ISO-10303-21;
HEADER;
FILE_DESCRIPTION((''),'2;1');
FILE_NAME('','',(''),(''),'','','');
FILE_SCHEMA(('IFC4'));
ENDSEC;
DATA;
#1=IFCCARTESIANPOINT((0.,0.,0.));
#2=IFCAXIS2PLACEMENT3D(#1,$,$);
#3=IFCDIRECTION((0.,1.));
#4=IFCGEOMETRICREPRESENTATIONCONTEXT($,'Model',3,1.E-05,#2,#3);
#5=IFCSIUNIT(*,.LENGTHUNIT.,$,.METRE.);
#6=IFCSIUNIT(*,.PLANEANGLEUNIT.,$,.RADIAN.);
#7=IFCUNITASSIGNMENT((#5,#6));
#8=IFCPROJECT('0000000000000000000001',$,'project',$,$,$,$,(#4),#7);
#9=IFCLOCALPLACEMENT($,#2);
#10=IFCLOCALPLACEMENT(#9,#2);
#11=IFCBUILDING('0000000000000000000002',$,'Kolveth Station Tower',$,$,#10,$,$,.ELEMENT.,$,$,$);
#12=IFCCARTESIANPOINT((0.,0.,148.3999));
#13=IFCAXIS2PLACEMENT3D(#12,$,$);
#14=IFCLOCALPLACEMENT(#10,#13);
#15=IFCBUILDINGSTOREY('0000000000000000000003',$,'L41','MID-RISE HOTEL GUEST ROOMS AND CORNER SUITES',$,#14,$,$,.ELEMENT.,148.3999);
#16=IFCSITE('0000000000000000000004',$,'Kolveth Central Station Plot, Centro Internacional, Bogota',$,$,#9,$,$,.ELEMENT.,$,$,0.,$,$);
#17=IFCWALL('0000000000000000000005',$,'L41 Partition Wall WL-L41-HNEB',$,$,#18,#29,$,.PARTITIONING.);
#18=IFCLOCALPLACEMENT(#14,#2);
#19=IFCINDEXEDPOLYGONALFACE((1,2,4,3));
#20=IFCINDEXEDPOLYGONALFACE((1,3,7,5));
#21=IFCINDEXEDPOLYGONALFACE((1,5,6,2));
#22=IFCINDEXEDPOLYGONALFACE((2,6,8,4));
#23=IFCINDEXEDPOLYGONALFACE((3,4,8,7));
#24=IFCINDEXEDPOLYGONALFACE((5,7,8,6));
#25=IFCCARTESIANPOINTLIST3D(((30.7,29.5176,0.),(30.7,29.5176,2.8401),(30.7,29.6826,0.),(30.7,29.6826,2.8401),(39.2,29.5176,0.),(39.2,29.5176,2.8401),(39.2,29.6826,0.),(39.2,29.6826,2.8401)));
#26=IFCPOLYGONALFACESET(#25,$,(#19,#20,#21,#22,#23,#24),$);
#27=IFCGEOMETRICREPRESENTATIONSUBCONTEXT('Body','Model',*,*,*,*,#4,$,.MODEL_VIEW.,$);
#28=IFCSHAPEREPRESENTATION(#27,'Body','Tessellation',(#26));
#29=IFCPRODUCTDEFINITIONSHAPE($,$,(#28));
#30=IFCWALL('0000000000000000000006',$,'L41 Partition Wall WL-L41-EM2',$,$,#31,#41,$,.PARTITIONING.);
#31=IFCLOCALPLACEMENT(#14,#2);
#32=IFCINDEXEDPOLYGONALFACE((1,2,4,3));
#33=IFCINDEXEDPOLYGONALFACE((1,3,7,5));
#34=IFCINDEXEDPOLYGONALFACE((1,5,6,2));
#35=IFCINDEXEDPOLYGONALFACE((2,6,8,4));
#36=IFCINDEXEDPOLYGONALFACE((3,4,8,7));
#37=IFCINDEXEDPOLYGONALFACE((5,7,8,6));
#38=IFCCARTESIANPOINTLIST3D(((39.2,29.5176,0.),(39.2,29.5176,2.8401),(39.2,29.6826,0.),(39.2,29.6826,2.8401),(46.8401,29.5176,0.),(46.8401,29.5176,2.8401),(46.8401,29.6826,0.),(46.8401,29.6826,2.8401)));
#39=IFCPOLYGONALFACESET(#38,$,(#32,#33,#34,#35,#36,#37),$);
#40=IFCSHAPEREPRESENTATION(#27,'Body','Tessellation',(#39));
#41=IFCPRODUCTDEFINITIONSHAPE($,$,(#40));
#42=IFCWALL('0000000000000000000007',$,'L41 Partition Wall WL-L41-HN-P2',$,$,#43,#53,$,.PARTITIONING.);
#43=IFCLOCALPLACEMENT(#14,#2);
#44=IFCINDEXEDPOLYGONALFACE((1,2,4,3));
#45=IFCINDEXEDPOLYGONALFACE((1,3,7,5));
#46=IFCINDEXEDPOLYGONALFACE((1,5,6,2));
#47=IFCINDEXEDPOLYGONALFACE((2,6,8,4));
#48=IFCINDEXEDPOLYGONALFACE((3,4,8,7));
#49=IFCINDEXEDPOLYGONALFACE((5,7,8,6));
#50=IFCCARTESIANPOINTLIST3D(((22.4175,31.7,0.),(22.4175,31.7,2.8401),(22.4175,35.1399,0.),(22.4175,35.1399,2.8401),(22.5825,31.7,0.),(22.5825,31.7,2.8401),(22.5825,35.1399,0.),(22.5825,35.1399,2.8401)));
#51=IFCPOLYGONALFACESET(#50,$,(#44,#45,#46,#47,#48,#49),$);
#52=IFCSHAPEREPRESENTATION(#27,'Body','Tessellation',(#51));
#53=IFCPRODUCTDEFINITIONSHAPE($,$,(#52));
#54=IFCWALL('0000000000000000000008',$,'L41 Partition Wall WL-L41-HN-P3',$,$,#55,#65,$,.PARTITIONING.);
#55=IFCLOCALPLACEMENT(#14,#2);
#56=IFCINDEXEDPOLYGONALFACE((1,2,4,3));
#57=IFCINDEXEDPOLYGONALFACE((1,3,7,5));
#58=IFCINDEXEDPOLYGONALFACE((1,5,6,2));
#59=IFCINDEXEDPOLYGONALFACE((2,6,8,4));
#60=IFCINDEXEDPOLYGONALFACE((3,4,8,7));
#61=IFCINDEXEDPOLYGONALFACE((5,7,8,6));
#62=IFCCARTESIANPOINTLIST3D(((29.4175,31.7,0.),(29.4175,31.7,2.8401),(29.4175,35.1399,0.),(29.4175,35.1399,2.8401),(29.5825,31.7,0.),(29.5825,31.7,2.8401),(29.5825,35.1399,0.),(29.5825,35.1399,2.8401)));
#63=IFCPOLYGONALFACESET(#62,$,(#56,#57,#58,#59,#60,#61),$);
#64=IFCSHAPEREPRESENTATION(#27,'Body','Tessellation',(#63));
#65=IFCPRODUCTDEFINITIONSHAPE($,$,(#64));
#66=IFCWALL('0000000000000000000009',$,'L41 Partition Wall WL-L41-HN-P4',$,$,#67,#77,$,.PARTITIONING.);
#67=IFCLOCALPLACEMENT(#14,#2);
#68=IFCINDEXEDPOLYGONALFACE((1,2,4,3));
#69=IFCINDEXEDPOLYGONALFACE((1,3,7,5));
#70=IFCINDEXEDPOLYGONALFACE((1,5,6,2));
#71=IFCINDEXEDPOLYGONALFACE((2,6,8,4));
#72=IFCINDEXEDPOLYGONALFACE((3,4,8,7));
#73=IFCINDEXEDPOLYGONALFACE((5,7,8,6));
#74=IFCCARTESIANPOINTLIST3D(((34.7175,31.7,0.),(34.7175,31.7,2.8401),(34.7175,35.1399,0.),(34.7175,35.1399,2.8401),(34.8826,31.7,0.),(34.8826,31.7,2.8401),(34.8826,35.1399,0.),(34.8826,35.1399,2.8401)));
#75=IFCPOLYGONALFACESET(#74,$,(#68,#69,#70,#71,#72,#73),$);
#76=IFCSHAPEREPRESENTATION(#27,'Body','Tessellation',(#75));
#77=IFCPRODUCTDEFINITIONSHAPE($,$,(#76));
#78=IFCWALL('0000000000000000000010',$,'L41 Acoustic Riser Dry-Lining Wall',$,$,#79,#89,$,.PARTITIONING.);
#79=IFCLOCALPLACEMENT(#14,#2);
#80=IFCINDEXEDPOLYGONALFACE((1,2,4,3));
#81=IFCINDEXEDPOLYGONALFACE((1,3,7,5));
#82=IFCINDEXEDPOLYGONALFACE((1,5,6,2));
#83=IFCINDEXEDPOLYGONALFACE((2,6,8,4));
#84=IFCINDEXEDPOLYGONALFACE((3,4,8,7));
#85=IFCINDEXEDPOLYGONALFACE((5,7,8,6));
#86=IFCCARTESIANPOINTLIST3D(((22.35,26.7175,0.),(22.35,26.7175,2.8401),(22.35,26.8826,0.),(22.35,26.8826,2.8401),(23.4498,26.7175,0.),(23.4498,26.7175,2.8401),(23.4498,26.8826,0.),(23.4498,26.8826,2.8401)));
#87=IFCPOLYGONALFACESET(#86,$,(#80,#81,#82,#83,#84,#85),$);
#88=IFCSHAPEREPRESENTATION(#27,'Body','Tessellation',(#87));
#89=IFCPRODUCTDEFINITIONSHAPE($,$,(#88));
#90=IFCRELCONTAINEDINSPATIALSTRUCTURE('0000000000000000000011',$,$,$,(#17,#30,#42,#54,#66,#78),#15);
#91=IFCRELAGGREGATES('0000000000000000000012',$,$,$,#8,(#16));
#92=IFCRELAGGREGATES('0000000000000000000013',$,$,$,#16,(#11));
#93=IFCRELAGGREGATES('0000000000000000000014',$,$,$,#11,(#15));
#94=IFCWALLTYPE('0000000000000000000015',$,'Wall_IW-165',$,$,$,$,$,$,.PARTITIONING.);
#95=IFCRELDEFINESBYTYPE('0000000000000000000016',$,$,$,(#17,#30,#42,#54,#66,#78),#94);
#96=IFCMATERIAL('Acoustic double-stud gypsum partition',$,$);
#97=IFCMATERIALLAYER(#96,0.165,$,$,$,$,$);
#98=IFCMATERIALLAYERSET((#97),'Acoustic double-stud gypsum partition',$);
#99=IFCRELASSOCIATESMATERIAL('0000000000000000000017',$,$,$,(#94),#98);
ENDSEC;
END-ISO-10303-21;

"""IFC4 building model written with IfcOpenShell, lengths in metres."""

from ifc_helpers import new_model, si_unit, direction, frame, frame_2d, origin, place, context, subcontext, project, spatial, rectangle, extrude, material, layer, layer_set, type_object, element, save


model = new_model("IFC4")

# Units and contexts
model_context = context("Model", 3, precision=1e-05, world=origin(), true_north=direction((0.0, 1.0)))
body_context = subcontext(model_context, "Body", "Model", "MODEL_VIEW")
ifc_project = project(units=[si_unit("LENGTHUNIT", "METRE"), si_unit("PLANEANGLEUNIT", "RADIAN")], contexts=[model_context])

# Site, building, storey
site_placement = place(None, origin())
site = spatial("IfcSite", under=ifc_project, at=site_placement, Name="Kolveth Central Station Plot, Centro Internacional, Bogota", CompositionType="ELEMENT", RefElevation=0.0)
building_placement = place(site_placement, origin())
building = spatial("IfcBuilding", under=site, at=building_placement, Name="Kolveth Station Tower", CompositionType="ELEMENT")
storey_placement = place(building_placement, frame((0.0, 0.0, 148.3999)))
storey = spatial("IfcBuildingStorey", under=building, at=storey_placement, Name="L41", Description="MID-RISE HOTEL GUEST ROOMS AND CORNER SUITES", CompositionType="ELEMENT", Elevation=148.3999)

# Wall
ifc_material_1 = material(Name="Acoustic double-stud gypsum partition")
ifc_layer_1 = layer(ifc_material_1, 0.165)
ifc_layer_set_1 = layer_set([ifc_layer_1], Name="Acoustic double-stud gypsum partition")
wall_type = type_object("IfcWallType", Name="Wall_IW-165", PredefinedType="PARTITIONING", material=ifc_layer_set_1)
wall_1_placement = place(storey_placement, frame((30.7, 29.6001, 0.0), z_axis=(0.0, 0.0, 1.0), x_axis=(1.0, 0.0, 0.0)))
element("IfcWall", 1, at=wall_1_placement, inside=storey, type_object=wall_type, Name="L41 Partition Wall WL-L41-HNEB", PredefinedType="PARTITIONING", context=body_context, shape_type="SweptSolid", body=[
    extrude(rectangle(XDim=8.5, YDim=0.165, at=frame_2d((4.25, 0.0))), origin(), (0.0, 0.0, 1.0), 2.8401),
])

# Walls
wall_2_placement = place(storey_placement, frame((39.2, 29.6001, 0.0), z_axis=(0.0, 0.0, 1.0), x_axis=(1.0, 0.0, 0.0)))
element("IfcWall", 2, at=wall_2_placement, inside=storey, type_object=wall_type, Name="L41 Partition Wall WL-L41-EM2", PredefinedType="PARTITIONING", context=body_context, shape_type="SweptSolid", body=[
    extrude(rectangle(XDim=7.6401, YDim=0.165, at=frame_2d((3.8201, 0.0))), origin(), (0.0, 0.0, 1.0), 2.8401),
])
for number, where, z_axis, x_axis, name in (
    (3, (22.5, 31.7, 0.0), (0.0, 0.0, 1.0), (0.0, 1.0, 0.0), "L41 Partition Wall WL-L41-HN-P2"),
    (4, (29.5, 31.7, 0.0), (0.0, 0.0, 1.0), (0.0, 1.0, 0.0), "L41 Partition Wall WL-L41-HN-P3"),
    (5, (34.8, 31.7, 0.0), (0.0, 0.0, 1.0), (0.0, 1.0, 0.0), "L41 Partition Wall WL-L41-HN-P4"),
):
    element("IfcWall", number, at=place(storey_placement, frame(where, z_axis=z_axis, x_axis=x_axis)), inside=storey, type_object=wall_type, Name=name, PredefinedType="PARTITIONING", context=body_context, shape_type="SweptSolid", body=[
        extrude(rectangle(XDim=3.4399, YDim=0.165, at=frame_2d((1.72, 0.0))), origin(), (0.0, 0.0, 1.0), 2.8401),
    ])
wall_3_placement = place(storey_placement, frame((22.3501, 26.8, 0.0), z_axis=(0.0, 0.0, 1.0), x_axis=(1.0, 0.0, 0.0)))
element("IfcWall", 6, at=wall_3_placement, inside=storey, type_object=wall_type, Name="L41 Acoustic Riser Dry-Lining Wall", PredefinedType="PARTITIONING", context=body_context, shape_type="SweptSolid", body=[
    extrude(rectangle(XDim=1.0999, YDim=0.165, at=frame_2d((0.5498, 0.0))), origin(), (0.0, 0.0, 1.0), 2.8401),
])

save(model, "model.ifc")
